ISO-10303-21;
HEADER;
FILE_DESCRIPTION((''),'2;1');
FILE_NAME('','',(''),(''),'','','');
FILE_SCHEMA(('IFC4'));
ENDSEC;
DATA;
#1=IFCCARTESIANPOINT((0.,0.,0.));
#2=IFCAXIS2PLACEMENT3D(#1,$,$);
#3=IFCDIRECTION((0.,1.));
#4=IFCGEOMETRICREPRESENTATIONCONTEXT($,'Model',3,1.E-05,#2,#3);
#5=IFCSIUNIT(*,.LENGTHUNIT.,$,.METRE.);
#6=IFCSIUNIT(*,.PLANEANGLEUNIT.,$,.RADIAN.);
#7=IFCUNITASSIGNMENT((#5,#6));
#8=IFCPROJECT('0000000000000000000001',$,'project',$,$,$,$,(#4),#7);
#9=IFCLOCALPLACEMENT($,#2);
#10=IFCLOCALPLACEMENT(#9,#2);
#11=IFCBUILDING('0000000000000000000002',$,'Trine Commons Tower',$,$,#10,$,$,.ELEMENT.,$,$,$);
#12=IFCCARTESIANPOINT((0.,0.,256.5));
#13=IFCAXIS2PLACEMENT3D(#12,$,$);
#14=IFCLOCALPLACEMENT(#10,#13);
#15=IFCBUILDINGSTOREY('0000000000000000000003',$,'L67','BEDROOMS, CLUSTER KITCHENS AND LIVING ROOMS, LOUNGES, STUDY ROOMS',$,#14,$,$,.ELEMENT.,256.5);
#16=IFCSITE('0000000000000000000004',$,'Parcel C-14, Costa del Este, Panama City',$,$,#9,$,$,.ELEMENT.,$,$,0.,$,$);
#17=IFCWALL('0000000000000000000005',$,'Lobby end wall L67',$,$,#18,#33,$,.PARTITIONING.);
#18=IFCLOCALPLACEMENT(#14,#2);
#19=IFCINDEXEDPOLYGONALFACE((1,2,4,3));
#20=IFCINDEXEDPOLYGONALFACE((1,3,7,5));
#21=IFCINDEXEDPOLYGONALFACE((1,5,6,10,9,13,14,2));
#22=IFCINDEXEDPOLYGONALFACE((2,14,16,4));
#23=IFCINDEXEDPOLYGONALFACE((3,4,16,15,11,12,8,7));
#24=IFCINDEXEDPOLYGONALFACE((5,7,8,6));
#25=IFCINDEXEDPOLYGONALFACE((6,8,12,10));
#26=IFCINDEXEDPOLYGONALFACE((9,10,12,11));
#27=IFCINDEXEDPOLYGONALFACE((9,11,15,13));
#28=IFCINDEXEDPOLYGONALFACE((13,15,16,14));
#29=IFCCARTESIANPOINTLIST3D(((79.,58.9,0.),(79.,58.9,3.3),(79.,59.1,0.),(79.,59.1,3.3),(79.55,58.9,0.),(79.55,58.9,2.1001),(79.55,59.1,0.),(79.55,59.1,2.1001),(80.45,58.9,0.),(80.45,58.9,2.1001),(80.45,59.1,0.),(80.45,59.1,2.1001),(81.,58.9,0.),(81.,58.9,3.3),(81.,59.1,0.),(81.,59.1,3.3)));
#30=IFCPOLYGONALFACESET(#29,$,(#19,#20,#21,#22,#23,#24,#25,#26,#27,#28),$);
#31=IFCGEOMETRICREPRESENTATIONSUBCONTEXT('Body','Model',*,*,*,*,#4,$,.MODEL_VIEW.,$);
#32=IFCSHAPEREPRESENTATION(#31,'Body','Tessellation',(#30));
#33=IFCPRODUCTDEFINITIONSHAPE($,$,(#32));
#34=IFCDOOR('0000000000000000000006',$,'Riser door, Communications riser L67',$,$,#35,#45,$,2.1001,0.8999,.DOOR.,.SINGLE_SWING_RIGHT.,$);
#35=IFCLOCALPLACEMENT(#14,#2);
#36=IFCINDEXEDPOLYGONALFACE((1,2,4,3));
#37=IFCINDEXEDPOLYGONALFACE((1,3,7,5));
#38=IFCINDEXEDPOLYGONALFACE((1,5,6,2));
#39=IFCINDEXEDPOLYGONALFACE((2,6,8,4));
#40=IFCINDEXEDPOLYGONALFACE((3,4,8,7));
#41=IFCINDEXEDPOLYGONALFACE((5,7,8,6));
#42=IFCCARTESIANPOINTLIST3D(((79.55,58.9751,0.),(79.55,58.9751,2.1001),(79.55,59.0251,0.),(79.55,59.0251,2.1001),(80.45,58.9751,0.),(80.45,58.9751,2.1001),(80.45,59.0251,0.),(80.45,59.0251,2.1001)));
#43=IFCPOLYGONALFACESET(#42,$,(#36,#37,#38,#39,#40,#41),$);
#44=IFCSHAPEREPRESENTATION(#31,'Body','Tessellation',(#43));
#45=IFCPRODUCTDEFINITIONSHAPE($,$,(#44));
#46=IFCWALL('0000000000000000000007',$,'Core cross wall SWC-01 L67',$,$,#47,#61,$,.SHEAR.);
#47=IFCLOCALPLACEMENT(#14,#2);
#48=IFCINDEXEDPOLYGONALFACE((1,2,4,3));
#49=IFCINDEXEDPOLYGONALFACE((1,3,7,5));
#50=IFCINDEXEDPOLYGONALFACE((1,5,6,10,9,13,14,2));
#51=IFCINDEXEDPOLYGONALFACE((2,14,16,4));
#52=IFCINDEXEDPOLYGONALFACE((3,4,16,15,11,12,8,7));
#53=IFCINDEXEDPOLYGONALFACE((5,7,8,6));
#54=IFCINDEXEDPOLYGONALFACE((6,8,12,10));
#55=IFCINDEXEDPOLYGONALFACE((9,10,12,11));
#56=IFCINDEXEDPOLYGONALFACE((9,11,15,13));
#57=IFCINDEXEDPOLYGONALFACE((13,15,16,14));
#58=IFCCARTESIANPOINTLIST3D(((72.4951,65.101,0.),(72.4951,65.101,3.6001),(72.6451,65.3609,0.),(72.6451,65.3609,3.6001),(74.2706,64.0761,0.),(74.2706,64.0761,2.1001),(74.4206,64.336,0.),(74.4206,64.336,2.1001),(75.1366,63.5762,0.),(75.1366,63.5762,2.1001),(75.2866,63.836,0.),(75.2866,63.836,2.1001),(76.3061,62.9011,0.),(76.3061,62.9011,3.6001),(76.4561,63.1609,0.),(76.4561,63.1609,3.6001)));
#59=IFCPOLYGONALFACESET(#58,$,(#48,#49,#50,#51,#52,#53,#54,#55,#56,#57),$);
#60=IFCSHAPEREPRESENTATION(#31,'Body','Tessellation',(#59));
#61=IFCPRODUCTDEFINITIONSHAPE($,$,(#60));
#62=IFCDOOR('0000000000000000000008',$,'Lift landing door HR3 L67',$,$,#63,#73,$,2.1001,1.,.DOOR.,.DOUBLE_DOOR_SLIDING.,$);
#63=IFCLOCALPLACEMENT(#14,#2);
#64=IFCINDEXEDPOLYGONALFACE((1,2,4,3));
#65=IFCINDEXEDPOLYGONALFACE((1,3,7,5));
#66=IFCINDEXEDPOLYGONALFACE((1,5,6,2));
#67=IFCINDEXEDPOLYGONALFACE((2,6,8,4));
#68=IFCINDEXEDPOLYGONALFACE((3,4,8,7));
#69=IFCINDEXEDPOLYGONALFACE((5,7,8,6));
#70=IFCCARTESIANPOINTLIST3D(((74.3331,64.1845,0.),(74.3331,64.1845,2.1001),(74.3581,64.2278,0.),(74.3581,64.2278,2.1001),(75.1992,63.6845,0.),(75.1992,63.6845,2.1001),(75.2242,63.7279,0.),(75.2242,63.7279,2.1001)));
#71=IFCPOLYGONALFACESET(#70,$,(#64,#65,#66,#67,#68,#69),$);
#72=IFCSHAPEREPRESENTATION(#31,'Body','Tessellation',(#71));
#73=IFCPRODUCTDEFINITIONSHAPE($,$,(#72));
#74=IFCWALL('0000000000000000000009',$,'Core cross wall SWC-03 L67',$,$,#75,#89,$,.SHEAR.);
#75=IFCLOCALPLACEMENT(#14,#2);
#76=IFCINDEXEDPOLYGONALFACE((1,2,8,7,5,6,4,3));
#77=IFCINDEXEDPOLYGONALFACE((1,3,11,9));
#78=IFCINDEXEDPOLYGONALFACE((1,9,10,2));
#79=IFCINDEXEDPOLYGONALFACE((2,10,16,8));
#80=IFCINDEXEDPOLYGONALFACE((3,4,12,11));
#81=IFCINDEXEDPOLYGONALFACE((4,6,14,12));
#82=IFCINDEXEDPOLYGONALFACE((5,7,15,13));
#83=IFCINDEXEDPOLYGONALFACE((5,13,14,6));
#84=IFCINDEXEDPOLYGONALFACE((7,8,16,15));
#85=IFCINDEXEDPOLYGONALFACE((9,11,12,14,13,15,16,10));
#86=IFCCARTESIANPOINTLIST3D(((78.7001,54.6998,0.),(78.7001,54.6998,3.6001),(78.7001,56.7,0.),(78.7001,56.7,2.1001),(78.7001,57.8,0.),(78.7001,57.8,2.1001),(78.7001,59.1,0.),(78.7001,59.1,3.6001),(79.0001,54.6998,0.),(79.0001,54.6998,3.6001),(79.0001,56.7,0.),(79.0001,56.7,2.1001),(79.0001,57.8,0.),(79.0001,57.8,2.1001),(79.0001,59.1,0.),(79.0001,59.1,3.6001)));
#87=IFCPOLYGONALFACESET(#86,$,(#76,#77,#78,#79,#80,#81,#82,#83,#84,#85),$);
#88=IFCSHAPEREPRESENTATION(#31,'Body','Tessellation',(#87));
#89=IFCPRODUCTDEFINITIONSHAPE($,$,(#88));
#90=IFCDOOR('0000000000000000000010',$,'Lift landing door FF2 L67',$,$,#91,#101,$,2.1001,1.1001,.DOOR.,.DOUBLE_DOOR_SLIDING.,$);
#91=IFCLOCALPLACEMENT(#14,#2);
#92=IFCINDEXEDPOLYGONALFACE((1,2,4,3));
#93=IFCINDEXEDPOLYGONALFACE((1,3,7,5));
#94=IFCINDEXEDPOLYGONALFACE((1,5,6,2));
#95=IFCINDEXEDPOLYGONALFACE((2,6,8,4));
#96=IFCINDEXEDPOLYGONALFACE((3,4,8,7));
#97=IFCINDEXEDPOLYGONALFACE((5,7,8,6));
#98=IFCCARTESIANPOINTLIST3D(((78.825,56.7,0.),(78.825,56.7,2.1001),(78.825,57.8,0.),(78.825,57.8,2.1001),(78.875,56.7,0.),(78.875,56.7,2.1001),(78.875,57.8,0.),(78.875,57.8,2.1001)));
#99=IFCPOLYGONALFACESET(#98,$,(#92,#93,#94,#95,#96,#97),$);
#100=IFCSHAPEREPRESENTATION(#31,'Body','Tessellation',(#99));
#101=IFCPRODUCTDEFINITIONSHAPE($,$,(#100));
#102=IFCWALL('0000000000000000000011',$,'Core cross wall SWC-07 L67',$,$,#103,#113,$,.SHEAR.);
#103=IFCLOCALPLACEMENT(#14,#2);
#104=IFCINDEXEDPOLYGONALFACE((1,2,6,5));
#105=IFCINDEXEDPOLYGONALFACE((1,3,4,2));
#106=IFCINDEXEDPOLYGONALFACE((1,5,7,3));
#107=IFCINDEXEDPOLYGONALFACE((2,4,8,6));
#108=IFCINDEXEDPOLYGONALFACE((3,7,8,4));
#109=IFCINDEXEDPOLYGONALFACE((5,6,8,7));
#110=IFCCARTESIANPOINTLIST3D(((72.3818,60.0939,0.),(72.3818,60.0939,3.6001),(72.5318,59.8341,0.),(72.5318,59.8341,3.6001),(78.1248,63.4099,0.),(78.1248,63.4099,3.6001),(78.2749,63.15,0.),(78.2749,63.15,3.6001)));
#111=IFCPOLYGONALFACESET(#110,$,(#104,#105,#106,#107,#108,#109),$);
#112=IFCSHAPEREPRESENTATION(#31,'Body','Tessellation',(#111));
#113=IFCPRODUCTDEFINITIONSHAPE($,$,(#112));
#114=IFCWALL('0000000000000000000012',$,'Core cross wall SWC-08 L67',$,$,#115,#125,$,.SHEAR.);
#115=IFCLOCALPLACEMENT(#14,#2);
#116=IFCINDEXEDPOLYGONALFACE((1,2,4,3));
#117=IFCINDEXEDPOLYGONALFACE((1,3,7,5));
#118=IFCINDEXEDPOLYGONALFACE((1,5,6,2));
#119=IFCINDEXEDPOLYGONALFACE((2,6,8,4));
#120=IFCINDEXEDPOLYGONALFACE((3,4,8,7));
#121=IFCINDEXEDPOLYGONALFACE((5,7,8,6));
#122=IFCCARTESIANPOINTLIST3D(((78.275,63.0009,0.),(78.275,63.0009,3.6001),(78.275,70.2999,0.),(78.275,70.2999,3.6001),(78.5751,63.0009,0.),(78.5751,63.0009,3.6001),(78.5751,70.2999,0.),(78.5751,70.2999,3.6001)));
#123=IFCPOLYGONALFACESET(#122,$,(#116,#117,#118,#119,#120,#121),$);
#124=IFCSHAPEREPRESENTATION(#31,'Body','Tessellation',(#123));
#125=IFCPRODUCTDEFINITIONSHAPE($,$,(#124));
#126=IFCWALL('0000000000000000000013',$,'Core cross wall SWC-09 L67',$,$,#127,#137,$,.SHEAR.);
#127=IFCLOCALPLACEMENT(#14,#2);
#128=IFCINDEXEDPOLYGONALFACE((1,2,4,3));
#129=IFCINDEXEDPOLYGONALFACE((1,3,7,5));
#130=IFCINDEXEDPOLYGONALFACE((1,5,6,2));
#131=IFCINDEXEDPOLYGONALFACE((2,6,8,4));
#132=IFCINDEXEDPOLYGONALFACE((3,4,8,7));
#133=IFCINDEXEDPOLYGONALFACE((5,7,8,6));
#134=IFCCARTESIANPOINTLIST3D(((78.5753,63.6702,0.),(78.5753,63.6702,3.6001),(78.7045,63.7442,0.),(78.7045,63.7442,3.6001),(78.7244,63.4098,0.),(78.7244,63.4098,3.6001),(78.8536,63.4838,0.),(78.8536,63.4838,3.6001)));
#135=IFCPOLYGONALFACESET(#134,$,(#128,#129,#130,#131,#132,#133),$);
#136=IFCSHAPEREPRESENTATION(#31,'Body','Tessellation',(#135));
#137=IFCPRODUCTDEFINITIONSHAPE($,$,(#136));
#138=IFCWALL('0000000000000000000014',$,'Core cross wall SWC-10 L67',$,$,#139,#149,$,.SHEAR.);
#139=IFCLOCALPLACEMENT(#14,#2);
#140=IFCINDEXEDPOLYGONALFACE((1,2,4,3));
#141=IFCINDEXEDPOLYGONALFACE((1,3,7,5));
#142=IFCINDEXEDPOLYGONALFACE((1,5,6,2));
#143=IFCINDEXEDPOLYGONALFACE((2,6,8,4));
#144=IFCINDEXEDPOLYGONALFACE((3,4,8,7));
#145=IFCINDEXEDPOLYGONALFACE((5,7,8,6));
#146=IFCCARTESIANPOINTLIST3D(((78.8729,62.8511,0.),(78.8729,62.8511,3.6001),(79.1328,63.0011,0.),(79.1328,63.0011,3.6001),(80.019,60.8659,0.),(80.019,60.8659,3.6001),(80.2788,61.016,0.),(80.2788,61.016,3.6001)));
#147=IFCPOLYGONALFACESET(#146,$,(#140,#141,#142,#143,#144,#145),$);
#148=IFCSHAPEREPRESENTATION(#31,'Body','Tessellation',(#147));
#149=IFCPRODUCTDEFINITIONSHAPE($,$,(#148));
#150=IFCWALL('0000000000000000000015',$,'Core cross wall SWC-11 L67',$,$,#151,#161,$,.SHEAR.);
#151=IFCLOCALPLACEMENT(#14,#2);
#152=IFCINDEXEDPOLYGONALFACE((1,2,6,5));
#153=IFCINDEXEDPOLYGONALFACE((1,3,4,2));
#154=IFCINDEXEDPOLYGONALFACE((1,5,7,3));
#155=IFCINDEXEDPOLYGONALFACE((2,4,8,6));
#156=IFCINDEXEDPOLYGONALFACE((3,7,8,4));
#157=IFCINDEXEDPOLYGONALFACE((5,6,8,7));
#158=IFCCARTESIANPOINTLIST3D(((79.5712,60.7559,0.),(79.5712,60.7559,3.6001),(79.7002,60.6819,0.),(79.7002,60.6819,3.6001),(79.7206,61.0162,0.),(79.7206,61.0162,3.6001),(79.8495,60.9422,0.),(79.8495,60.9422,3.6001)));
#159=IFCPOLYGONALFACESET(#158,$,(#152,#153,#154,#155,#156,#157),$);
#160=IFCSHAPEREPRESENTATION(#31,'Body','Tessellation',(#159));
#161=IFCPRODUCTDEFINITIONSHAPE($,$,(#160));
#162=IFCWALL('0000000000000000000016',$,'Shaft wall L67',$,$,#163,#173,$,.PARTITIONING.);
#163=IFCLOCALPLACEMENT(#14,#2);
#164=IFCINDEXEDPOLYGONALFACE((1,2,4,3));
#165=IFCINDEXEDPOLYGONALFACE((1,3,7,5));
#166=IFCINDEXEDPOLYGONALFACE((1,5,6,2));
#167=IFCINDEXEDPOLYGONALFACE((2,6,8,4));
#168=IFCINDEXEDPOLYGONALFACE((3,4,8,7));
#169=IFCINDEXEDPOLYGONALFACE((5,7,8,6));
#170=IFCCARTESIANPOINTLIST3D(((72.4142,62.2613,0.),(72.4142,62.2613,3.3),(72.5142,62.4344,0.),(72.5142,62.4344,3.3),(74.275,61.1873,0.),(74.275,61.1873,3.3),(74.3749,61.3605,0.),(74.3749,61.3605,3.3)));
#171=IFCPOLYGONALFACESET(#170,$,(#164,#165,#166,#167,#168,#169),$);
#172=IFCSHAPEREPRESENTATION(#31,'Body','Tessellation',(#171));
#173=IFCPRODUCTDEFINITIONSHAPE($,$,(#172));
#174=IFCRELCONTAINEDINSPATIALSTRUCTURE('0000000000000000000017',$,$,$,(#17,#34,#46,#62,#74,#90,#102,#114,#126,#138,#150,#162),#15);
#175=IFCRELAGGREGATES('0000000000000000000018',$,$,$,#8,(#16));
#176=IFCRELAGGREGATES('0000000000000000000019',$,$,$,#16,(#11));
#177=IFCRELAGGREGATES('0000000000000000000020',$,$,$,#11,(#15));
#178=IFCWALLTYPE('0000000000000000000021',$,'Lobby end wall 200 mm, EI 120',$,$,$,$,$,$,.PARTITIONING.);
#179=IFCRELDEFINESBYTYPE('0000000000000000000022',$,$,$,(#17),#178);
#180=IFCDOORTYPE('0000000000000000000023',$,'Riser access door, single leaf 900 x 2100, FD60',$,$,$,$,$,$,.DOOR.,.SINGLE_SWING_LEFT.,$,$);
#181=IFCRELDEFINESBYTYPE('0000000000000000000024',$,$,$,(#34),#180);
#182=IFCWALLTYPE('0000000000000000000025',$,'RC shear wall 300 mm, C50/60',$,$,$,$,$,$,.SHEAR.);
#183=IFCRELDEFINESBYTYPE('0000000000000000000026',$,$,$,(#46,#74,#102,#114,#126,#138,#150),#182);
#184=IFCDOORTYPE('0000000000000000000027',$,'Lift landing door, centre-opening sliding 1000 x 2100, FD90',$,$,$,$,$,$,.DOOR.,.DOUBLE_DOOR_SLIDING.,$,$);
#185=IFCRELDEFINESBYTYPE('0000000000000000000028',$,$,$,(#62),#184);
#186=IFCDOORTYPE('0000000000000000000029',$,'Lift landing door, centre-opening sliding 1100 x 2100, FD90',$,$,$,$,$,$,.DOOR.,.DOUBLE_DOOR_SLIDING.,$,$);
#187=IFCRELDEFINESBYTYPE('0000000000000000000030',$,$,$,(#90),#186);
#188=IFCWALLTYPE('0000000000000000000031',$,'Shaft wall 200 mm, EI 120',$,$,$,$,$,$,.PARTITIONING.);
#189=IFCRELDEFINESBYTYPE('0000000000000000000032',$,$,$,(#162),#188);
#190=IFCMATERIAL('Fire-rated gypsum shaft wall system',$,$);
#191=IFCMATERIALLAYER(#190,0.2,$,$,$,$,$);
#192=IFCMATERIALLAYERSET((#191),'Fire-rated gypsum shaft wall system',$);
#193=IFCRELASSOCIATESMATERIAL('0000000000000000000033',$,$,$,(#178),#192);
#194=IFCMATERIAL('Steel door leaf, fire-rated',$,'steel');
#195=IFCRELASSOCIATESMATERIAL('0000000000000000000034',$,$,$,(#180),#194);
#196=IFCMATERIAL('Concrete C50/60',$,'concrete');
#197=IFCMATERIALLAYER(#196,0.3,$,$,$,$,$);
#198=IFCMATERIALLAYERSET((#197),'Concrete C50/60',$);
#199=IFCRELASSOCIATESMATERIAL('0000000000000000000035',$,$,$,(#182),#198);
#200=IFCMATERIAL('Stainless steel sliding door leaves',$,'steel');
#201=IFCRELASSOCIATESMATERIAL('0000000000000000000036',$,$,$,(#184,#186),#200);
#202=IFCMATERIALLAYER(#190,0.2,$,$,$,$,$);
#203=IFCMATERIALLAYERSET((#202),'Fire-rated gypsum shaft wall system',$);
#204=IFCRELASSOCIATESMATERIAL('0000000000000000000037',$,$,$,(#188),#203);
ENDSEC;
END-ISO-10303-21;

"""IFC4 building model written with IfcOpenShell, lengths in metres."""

from ifc_helpers import new_model, si_unit, direction, frame, frame_2d, origin, place, context, subcontext, project, spatial, rectangle, extrude, material, layer, layer_set, type_object, element, fill, save


model = new_model("IFC4")

# Units and contexts
model_context = context("Model", 3, precision=1e-05, world=origin(), true_north=direction((0.0, 1.0)))
body_context = subcontext(model_context, "Body", "Model", "MODEL_VIEW")
ifc_project = project(units=[si_unit("LENGTHUNIT", "METRE"), si_unit("PLANEANGLEUNIT", "RADIAN")], contexts=[model_context])

# Site, building, storey
site_placement = place(None, origin())
site = spatial("IfcSite", under=ifc_project, at=site_placement, Name="Parcel C-14, Costa del Este, Panama City", CompositionType="ELEMENT", RefElevation=0.0)
building_placement = place(site_placement, origin())
building = spatial("IfcBuilding", under=site, at=building_placement, Name="Trine Commons Tower", CompositionType="ELEMENT")
storey_placement = place(building_placement, frame((0.0, 0.0, 256.5)))
storey = spatial("IfcBuildingStorey", under=building, at=storey_placement, Name="L67", Description="BEDROOMS, CLUSTER KITCHENS AND LIVING ROOMS, LOUNGES, STUDY ROOMS", CompositionType="ELEMENT", Elevation=256.5)

# Walls, openings, doors
ifc_material_1 = material(Name="Fire-rated gypsum shaft wall system")
ifc_layer_1 = layer(ifc_material_1, 0.2)
ifc_layer_set_1 = layer_set([ifc_layer_1], Name="Fire-rated gypsum shaft wall system")
wall_type_1 = type_object("IfcWallType", Name="Lobby end wall 200 mm, EI 120", PredefinedType="PARTITIONING", material=ifc_layer_set_1)
wall_1_placement = place(storey_placement, frame((79.0, 59.0, 0.0), z_axis=(0.0, 0.0, 1.0), x_axis=(1.0, 0.0, 0.0)))
wall_1 = element("IfcWall", 1, at=wall_1_placement, inside=storey, type_object=wall_type_1, Name="Lobby end wall L67", PredefinedType="PARTITIONING", context=body_context, shape_type="SweptSolid", body=[
    extrude(rectangle(XDim=2.0, YDim=0.2, at=frame_2d((1.0, 0.0))), origin(), (0.0, 0.0, 1.0), 3.3),
])
opening_1_placement = place(wall_1_placement, frame((0.55, 0.0, 0.0)))
opening_1 = element("IfcOpeningElement", 2, at=opening_1_placement, cuts=wall_1, PredefinedType="OPENING", context=body_context, shape_type="SweptSolid", body=[
    extrude(rectangle(XDim=0.8999, YDim=2.1001, at=frame_2d((0.45, 1.05))), frame((0.0, 0.1099, 0.0), z_axis=(0.0, -1.0, 0.0), x_axis=(1.0, 0.0, 0.0)), (0.0, 0.0, 1.0), 0.22),
])
ifc_material_2 = material(Name="Steel door leaf, fire-rated", Category="steel")
door_type_1 = type_object("IfcDoorType", Name="Riser access door, single leaf 900 x 2100, FD60", OperationType="SINGLE_SWING_LEFT", PredefinedType="DOOR", material=ifc_material_2)
door_1_placement = place(opening_1_placement, frame((0.8999, 0.0, 0.0), z_axis=(0.0, 0.0, 1.0), x_axis=(-1.0, 0.0, 0.0)))
door_1 = element("IfcDoor", 3, at=door_1_placement, inside=storey, type_object=door_type_1, Name="Riser door, Communications riser L67", OperationType="SINGLE_SWING_RIGHT", OverallHeight=2.1001, OverallWidth=0.8999, PredefinedType="DOOR", context=body_context, shape_type="SweptSolid", body=[
    extrude(rectangle(XDim=0.8999, YDim=2.1001, at=frame_2d((0.45, 1.05))), frame((0.0, 0.0249, 0.0), z_axis=(0.0, -1.0, 0.0), x_axis=(1.0, 0.0, 0.0)), (0.0, 0.0, 1.0), 0.05),
])
fill(opening_1, door_1)
ifc_material_3 = material(Name="Concrete C50/60", Category="concrete")
ifc_layer_2 = layer(ifc_material_3, 0.3)
ifc_layer_set_2 = layer_set([ifc_layer_2], Name="Concrete C50/60")
wall_type_2 = type_object("IfcWallType", Name="RC shear wall 300 mm, C50/60", PredefinedType="SHEAR", material=ifc_layer_set_2)
wall_2_placement = place(storey_placement, frame((76.3811, 63.031, 0.0), z_axis=(0.0, 0.0, 1.0), x_axis=(-0.86606, 0.49994, 0.0)))
wall_2 = element("IfcWall", 4, at=wall_2_placement, inside=storey, type_object=wall_type_2, Name="Core cross wall SWC-01 L67", PredefinedType="SHEAR", context=body_context, shape_type="SweptSolid", body=[
    extrude(rectangle(XDim=4.4004, YDim=0.3, at=frame_2d((2.2002, 0.0))), origin(), (0.0, 0.0, 1.0), 3.6001),
])
opening_2_placement = place(wall_2_placement, frame((1.3503, 0.0, 0.0)))
opening_2 = element("IfcOpeningElement", 5, at=opening_2_placement, cuts=wall_2, PredefinedType="OPENING", context=body_context, shape_type="SweptSolid", body=[
    extrude(rectangle(XDim=1.0, YDim=2.1001, at=frame_2d((0.5, 1.05))), frame((0.0, 0.1599, 0.0), z_axis=(0.0, -1.0, 0.0), x_axis=(1.0, 0.0, 0.0)), (0.0, 0.0, 1.0), 0.3201),
])
ifc_material_4 = material(Name="Stainless steel sliding door leaves", Category="steel")
door_type_2 = type_object("IfcDoorType", Name="Lift landing door, centre-opening sliding 1000 x 2100, FD90", OperationType="DOUBLE_DOOR_SLIDING", PredefinedType="DOOR", material=ifc_material_4)
door_2_placement = place(opening_2_placement, origin())
door_2 = element("IfcDoor", 6, at=door_2_placement, inside=storey, type_object=door_type_2, Name="Lift landing door HR3 L67", OperationType="DOUBLE_DOOR_SLIDING", OverallHeight=2.1001, OverallWidth=1.0, PredefinedType="DOOR", context=body_context, shape_type="SweptSolid", body=[
    extrude(rectangle(XDim=1.0, YDim=2.1001, at=frame_2d((0.5, 1.05))), frame((0.0, 0.0249, 0.0), z_axis=(0.0, -1.0, 0.0), x_axis=(1.0, 0.0, 0.0)), (0.0, 0.0, 1.0), 0.05),
])
fill(opening_2, door_2)
wall_3_placement = place(storey_placement, frame((78.8501, 59.1001, 0.0), z_axis=(0.0, 0.0, 1.0), x_axis=(0.0, -1.0, 0.0)))
wall_3 = element("IfcWall", 7, at=wall_3_placement, inside=storey, type_object=wall_type_2, Name="Core cross wall SWC-03 L67", PredefinedType="SHEAR", context=body_context, shape_type="SweptSolid", body=[
    extrude(rectangle(XDim=4.4001, YDim=0.3, at=frame_2d((2.2002, 0.0))), origin(), (0.0, 0.0, 1.0), 3.6001),
])
opening_3_placement = place(wall_3_placement, frame((1.3, 0.0, 0.0)))
opening_3 = element("IfcOpeningElement", 8, at=opening_3_placement, cuts=wall_3, PredefinedType="OPENING", context=body_context, shape_type="SweptSolid", body=[
    extrude(rectangle(XDim=1.1001, YDim=2.1001, at=frame_2d((0.55, 1.05))), frame((0.0, 0.1599, 0.0), z_axis=(0.0, -1.0, 0.0), x_axis=(1.0, 0.0, 0.0)), (0.0, 0.0, 1.0), 0.3201),
])
door_type_3 = type_object("IfcDoorType", Name="Lift landing door, centre-opening sliding 1100 x 2100, FD90", OperationType="DOUBLE_DOOR_SLIDING", PredefinedType="DOOR", material=ifc_material_4)
door_3_placement = place(opening_3_placement, origin())
door_3 = element("IfcDoor", 9, at=door_3_placement, inside=storey, type_object=door_type_3, Name="Lift landing door FF2 L67", OperationType="DOUBLE_DOOR_SLIDING", OverallHeight=2.1001, OverallWidth=1.1001, PredefinedType="DOOR", context=body_context, shape_type="SweptSolid", body=[
    extrude(rectangle(XDim=1.1001, YDim=2.1001, at=frame_2d((0.55, 1.05))), frame((0.0, 0.0249, 0.0), z_axis=(0.0, -1.0, 0.0), x_axis=(1.0, 0.0, 0.0)), (0.0, 0.0, 1.0), 0.05),
])
fill(opening_3, door_3)

# Walls
wall_4_placement = place(storey_placement, frame((78.2, 63.28, 0.0), z_axis=(0.0, 0.0, 1.0), x_axis=(-0.86601, -0.500027, 0.0)))
element("IfcWall", 10, at=wall_4_placement, inside=storey, type_object=wall_type_2, Name="Core cross wall SWC-07 L67", PredefinedType="SHEAR", context=body_context, shape_type="SweptSolid", body=[
    extrude(rectangle(XDim=6.6316, YDim=0.3, at=frame_2d((3.3159, 0.0))), origin(), (0.0, 0.0, 1.0), 3.6001),
])
wall_5_placement = place(storey_placement, frame((78.425, 63.001, 0.0), z_axis=(0.0, 0.0, 1.0), x_axis=(0.0, 1.0, 0.0)))
element("IfcWall", 11, at=wall_5_placement, inside=storey, type_object=wall_type_2, Name="Core cross wall SWC-08 L67", PredefinedType="SHEAR", context=body_context, shape_type="SweptSolid", body=[
    extrude(rectangle(XDim=7.2991, YDim=0.3, at=frame_2d((3.6494, 0.0))), origin(), (0.0, 0.0, 1.0), 3.6001),
])
wall_6_placement = place(storey_placement, frame((78.7791, 63.614, 0.0), z_axis=(0.0, 0.0, 1.0), x_axis=(-0.867738, -0.497022, 0.0)))
element("IfcWall", 12, at=wall_6_placement, inside=storey, type_object=wall_type_2, Name="Core cross wall SWC-09 L67", PredefinedType="SHEAR", context=body_context, shape_type="SweptSolid", body=[
    extrude(rectangle(XDim=0.1489, YDim=0.3, at=frame_2d((0.0745, 0.0))), origin(), (0.0, 0.0, 1.0), 3.6001),
])
wall_7_placement = place(storey_placement, frame((79.0029, 62.926, 0.0), z_axis=(0.0, 0.0, 1.0), x_axis=(0.499965, -0.866045, 0.0)))
element("IfcWall", 13, at=wall_7_placement, inside=storey, type_object=wall_type_2, Name="Core cross wall SWC-10 L67", PredefinedType="SHEAR", context=body_context, shape_type="SweptSolid", body=[
    extrude(rectangle(XDim=2.2922, YDim=0.3, at=frame_2d((1.146, 0.0))), origin(), (0.0, 0.0, 1.0), 3.6001),
])
wall_8_placement = place(storey_placement, frame((79.646, 60.886, 0.0), z_axis=(0.0, 0.0, 1.0), x_axis=(0.867332, -0.49773, 0.0)))
element("IfcWall", 14, at=wall_8_placement, inside=storey, type_object=wall_type_2, Name="Core cross wall SWC-11 L67", PredefinedType="SHEAR", context=body_context, shape_type="SweptSolid", body=[
    extrude(rectangle(XDim=0.1487, YDim=0.3, at=frame_2d((0.0742, 0.0))), origin(), (0.0, 0.0, 1.0), 3.6001),
])
ifc_layer_3 = layer(ifc_material_1, 0.2)
ifc_layer_set_3 = layer_set([ifc_layer_3], Name="Fire-rated gypsum shaft wall system")
wall_type_3 = type_object("IfcWallType", Name="Shaft wall 200 mm, EI 120", PredefinedType="PARTITIONING", material=ifc_layer_set_3)
wall_9_placement = place(storey_placement, frame((74.325, 61.2739, 0.0), z_axis=(0.0, 0.0, 1.0), x_axis=(-0.866102, 0.499867, 0.0)))
element("IfcWall", 15, at=wall_9_placement, inside=storey, type_object=wall_type_3, Name="Shaft wall L67", PredefinedType="PARTITIONING", context=body_context, shape_type="SweptSolid", body=[
    extrude(rectangle(XDim=2.1484, YDim=0.2, at=frame_2d((1.0742, 0.0))), origin(), (0.0, 0.0, 1.0), 3.3),
])

save(model, "model.ifc")
